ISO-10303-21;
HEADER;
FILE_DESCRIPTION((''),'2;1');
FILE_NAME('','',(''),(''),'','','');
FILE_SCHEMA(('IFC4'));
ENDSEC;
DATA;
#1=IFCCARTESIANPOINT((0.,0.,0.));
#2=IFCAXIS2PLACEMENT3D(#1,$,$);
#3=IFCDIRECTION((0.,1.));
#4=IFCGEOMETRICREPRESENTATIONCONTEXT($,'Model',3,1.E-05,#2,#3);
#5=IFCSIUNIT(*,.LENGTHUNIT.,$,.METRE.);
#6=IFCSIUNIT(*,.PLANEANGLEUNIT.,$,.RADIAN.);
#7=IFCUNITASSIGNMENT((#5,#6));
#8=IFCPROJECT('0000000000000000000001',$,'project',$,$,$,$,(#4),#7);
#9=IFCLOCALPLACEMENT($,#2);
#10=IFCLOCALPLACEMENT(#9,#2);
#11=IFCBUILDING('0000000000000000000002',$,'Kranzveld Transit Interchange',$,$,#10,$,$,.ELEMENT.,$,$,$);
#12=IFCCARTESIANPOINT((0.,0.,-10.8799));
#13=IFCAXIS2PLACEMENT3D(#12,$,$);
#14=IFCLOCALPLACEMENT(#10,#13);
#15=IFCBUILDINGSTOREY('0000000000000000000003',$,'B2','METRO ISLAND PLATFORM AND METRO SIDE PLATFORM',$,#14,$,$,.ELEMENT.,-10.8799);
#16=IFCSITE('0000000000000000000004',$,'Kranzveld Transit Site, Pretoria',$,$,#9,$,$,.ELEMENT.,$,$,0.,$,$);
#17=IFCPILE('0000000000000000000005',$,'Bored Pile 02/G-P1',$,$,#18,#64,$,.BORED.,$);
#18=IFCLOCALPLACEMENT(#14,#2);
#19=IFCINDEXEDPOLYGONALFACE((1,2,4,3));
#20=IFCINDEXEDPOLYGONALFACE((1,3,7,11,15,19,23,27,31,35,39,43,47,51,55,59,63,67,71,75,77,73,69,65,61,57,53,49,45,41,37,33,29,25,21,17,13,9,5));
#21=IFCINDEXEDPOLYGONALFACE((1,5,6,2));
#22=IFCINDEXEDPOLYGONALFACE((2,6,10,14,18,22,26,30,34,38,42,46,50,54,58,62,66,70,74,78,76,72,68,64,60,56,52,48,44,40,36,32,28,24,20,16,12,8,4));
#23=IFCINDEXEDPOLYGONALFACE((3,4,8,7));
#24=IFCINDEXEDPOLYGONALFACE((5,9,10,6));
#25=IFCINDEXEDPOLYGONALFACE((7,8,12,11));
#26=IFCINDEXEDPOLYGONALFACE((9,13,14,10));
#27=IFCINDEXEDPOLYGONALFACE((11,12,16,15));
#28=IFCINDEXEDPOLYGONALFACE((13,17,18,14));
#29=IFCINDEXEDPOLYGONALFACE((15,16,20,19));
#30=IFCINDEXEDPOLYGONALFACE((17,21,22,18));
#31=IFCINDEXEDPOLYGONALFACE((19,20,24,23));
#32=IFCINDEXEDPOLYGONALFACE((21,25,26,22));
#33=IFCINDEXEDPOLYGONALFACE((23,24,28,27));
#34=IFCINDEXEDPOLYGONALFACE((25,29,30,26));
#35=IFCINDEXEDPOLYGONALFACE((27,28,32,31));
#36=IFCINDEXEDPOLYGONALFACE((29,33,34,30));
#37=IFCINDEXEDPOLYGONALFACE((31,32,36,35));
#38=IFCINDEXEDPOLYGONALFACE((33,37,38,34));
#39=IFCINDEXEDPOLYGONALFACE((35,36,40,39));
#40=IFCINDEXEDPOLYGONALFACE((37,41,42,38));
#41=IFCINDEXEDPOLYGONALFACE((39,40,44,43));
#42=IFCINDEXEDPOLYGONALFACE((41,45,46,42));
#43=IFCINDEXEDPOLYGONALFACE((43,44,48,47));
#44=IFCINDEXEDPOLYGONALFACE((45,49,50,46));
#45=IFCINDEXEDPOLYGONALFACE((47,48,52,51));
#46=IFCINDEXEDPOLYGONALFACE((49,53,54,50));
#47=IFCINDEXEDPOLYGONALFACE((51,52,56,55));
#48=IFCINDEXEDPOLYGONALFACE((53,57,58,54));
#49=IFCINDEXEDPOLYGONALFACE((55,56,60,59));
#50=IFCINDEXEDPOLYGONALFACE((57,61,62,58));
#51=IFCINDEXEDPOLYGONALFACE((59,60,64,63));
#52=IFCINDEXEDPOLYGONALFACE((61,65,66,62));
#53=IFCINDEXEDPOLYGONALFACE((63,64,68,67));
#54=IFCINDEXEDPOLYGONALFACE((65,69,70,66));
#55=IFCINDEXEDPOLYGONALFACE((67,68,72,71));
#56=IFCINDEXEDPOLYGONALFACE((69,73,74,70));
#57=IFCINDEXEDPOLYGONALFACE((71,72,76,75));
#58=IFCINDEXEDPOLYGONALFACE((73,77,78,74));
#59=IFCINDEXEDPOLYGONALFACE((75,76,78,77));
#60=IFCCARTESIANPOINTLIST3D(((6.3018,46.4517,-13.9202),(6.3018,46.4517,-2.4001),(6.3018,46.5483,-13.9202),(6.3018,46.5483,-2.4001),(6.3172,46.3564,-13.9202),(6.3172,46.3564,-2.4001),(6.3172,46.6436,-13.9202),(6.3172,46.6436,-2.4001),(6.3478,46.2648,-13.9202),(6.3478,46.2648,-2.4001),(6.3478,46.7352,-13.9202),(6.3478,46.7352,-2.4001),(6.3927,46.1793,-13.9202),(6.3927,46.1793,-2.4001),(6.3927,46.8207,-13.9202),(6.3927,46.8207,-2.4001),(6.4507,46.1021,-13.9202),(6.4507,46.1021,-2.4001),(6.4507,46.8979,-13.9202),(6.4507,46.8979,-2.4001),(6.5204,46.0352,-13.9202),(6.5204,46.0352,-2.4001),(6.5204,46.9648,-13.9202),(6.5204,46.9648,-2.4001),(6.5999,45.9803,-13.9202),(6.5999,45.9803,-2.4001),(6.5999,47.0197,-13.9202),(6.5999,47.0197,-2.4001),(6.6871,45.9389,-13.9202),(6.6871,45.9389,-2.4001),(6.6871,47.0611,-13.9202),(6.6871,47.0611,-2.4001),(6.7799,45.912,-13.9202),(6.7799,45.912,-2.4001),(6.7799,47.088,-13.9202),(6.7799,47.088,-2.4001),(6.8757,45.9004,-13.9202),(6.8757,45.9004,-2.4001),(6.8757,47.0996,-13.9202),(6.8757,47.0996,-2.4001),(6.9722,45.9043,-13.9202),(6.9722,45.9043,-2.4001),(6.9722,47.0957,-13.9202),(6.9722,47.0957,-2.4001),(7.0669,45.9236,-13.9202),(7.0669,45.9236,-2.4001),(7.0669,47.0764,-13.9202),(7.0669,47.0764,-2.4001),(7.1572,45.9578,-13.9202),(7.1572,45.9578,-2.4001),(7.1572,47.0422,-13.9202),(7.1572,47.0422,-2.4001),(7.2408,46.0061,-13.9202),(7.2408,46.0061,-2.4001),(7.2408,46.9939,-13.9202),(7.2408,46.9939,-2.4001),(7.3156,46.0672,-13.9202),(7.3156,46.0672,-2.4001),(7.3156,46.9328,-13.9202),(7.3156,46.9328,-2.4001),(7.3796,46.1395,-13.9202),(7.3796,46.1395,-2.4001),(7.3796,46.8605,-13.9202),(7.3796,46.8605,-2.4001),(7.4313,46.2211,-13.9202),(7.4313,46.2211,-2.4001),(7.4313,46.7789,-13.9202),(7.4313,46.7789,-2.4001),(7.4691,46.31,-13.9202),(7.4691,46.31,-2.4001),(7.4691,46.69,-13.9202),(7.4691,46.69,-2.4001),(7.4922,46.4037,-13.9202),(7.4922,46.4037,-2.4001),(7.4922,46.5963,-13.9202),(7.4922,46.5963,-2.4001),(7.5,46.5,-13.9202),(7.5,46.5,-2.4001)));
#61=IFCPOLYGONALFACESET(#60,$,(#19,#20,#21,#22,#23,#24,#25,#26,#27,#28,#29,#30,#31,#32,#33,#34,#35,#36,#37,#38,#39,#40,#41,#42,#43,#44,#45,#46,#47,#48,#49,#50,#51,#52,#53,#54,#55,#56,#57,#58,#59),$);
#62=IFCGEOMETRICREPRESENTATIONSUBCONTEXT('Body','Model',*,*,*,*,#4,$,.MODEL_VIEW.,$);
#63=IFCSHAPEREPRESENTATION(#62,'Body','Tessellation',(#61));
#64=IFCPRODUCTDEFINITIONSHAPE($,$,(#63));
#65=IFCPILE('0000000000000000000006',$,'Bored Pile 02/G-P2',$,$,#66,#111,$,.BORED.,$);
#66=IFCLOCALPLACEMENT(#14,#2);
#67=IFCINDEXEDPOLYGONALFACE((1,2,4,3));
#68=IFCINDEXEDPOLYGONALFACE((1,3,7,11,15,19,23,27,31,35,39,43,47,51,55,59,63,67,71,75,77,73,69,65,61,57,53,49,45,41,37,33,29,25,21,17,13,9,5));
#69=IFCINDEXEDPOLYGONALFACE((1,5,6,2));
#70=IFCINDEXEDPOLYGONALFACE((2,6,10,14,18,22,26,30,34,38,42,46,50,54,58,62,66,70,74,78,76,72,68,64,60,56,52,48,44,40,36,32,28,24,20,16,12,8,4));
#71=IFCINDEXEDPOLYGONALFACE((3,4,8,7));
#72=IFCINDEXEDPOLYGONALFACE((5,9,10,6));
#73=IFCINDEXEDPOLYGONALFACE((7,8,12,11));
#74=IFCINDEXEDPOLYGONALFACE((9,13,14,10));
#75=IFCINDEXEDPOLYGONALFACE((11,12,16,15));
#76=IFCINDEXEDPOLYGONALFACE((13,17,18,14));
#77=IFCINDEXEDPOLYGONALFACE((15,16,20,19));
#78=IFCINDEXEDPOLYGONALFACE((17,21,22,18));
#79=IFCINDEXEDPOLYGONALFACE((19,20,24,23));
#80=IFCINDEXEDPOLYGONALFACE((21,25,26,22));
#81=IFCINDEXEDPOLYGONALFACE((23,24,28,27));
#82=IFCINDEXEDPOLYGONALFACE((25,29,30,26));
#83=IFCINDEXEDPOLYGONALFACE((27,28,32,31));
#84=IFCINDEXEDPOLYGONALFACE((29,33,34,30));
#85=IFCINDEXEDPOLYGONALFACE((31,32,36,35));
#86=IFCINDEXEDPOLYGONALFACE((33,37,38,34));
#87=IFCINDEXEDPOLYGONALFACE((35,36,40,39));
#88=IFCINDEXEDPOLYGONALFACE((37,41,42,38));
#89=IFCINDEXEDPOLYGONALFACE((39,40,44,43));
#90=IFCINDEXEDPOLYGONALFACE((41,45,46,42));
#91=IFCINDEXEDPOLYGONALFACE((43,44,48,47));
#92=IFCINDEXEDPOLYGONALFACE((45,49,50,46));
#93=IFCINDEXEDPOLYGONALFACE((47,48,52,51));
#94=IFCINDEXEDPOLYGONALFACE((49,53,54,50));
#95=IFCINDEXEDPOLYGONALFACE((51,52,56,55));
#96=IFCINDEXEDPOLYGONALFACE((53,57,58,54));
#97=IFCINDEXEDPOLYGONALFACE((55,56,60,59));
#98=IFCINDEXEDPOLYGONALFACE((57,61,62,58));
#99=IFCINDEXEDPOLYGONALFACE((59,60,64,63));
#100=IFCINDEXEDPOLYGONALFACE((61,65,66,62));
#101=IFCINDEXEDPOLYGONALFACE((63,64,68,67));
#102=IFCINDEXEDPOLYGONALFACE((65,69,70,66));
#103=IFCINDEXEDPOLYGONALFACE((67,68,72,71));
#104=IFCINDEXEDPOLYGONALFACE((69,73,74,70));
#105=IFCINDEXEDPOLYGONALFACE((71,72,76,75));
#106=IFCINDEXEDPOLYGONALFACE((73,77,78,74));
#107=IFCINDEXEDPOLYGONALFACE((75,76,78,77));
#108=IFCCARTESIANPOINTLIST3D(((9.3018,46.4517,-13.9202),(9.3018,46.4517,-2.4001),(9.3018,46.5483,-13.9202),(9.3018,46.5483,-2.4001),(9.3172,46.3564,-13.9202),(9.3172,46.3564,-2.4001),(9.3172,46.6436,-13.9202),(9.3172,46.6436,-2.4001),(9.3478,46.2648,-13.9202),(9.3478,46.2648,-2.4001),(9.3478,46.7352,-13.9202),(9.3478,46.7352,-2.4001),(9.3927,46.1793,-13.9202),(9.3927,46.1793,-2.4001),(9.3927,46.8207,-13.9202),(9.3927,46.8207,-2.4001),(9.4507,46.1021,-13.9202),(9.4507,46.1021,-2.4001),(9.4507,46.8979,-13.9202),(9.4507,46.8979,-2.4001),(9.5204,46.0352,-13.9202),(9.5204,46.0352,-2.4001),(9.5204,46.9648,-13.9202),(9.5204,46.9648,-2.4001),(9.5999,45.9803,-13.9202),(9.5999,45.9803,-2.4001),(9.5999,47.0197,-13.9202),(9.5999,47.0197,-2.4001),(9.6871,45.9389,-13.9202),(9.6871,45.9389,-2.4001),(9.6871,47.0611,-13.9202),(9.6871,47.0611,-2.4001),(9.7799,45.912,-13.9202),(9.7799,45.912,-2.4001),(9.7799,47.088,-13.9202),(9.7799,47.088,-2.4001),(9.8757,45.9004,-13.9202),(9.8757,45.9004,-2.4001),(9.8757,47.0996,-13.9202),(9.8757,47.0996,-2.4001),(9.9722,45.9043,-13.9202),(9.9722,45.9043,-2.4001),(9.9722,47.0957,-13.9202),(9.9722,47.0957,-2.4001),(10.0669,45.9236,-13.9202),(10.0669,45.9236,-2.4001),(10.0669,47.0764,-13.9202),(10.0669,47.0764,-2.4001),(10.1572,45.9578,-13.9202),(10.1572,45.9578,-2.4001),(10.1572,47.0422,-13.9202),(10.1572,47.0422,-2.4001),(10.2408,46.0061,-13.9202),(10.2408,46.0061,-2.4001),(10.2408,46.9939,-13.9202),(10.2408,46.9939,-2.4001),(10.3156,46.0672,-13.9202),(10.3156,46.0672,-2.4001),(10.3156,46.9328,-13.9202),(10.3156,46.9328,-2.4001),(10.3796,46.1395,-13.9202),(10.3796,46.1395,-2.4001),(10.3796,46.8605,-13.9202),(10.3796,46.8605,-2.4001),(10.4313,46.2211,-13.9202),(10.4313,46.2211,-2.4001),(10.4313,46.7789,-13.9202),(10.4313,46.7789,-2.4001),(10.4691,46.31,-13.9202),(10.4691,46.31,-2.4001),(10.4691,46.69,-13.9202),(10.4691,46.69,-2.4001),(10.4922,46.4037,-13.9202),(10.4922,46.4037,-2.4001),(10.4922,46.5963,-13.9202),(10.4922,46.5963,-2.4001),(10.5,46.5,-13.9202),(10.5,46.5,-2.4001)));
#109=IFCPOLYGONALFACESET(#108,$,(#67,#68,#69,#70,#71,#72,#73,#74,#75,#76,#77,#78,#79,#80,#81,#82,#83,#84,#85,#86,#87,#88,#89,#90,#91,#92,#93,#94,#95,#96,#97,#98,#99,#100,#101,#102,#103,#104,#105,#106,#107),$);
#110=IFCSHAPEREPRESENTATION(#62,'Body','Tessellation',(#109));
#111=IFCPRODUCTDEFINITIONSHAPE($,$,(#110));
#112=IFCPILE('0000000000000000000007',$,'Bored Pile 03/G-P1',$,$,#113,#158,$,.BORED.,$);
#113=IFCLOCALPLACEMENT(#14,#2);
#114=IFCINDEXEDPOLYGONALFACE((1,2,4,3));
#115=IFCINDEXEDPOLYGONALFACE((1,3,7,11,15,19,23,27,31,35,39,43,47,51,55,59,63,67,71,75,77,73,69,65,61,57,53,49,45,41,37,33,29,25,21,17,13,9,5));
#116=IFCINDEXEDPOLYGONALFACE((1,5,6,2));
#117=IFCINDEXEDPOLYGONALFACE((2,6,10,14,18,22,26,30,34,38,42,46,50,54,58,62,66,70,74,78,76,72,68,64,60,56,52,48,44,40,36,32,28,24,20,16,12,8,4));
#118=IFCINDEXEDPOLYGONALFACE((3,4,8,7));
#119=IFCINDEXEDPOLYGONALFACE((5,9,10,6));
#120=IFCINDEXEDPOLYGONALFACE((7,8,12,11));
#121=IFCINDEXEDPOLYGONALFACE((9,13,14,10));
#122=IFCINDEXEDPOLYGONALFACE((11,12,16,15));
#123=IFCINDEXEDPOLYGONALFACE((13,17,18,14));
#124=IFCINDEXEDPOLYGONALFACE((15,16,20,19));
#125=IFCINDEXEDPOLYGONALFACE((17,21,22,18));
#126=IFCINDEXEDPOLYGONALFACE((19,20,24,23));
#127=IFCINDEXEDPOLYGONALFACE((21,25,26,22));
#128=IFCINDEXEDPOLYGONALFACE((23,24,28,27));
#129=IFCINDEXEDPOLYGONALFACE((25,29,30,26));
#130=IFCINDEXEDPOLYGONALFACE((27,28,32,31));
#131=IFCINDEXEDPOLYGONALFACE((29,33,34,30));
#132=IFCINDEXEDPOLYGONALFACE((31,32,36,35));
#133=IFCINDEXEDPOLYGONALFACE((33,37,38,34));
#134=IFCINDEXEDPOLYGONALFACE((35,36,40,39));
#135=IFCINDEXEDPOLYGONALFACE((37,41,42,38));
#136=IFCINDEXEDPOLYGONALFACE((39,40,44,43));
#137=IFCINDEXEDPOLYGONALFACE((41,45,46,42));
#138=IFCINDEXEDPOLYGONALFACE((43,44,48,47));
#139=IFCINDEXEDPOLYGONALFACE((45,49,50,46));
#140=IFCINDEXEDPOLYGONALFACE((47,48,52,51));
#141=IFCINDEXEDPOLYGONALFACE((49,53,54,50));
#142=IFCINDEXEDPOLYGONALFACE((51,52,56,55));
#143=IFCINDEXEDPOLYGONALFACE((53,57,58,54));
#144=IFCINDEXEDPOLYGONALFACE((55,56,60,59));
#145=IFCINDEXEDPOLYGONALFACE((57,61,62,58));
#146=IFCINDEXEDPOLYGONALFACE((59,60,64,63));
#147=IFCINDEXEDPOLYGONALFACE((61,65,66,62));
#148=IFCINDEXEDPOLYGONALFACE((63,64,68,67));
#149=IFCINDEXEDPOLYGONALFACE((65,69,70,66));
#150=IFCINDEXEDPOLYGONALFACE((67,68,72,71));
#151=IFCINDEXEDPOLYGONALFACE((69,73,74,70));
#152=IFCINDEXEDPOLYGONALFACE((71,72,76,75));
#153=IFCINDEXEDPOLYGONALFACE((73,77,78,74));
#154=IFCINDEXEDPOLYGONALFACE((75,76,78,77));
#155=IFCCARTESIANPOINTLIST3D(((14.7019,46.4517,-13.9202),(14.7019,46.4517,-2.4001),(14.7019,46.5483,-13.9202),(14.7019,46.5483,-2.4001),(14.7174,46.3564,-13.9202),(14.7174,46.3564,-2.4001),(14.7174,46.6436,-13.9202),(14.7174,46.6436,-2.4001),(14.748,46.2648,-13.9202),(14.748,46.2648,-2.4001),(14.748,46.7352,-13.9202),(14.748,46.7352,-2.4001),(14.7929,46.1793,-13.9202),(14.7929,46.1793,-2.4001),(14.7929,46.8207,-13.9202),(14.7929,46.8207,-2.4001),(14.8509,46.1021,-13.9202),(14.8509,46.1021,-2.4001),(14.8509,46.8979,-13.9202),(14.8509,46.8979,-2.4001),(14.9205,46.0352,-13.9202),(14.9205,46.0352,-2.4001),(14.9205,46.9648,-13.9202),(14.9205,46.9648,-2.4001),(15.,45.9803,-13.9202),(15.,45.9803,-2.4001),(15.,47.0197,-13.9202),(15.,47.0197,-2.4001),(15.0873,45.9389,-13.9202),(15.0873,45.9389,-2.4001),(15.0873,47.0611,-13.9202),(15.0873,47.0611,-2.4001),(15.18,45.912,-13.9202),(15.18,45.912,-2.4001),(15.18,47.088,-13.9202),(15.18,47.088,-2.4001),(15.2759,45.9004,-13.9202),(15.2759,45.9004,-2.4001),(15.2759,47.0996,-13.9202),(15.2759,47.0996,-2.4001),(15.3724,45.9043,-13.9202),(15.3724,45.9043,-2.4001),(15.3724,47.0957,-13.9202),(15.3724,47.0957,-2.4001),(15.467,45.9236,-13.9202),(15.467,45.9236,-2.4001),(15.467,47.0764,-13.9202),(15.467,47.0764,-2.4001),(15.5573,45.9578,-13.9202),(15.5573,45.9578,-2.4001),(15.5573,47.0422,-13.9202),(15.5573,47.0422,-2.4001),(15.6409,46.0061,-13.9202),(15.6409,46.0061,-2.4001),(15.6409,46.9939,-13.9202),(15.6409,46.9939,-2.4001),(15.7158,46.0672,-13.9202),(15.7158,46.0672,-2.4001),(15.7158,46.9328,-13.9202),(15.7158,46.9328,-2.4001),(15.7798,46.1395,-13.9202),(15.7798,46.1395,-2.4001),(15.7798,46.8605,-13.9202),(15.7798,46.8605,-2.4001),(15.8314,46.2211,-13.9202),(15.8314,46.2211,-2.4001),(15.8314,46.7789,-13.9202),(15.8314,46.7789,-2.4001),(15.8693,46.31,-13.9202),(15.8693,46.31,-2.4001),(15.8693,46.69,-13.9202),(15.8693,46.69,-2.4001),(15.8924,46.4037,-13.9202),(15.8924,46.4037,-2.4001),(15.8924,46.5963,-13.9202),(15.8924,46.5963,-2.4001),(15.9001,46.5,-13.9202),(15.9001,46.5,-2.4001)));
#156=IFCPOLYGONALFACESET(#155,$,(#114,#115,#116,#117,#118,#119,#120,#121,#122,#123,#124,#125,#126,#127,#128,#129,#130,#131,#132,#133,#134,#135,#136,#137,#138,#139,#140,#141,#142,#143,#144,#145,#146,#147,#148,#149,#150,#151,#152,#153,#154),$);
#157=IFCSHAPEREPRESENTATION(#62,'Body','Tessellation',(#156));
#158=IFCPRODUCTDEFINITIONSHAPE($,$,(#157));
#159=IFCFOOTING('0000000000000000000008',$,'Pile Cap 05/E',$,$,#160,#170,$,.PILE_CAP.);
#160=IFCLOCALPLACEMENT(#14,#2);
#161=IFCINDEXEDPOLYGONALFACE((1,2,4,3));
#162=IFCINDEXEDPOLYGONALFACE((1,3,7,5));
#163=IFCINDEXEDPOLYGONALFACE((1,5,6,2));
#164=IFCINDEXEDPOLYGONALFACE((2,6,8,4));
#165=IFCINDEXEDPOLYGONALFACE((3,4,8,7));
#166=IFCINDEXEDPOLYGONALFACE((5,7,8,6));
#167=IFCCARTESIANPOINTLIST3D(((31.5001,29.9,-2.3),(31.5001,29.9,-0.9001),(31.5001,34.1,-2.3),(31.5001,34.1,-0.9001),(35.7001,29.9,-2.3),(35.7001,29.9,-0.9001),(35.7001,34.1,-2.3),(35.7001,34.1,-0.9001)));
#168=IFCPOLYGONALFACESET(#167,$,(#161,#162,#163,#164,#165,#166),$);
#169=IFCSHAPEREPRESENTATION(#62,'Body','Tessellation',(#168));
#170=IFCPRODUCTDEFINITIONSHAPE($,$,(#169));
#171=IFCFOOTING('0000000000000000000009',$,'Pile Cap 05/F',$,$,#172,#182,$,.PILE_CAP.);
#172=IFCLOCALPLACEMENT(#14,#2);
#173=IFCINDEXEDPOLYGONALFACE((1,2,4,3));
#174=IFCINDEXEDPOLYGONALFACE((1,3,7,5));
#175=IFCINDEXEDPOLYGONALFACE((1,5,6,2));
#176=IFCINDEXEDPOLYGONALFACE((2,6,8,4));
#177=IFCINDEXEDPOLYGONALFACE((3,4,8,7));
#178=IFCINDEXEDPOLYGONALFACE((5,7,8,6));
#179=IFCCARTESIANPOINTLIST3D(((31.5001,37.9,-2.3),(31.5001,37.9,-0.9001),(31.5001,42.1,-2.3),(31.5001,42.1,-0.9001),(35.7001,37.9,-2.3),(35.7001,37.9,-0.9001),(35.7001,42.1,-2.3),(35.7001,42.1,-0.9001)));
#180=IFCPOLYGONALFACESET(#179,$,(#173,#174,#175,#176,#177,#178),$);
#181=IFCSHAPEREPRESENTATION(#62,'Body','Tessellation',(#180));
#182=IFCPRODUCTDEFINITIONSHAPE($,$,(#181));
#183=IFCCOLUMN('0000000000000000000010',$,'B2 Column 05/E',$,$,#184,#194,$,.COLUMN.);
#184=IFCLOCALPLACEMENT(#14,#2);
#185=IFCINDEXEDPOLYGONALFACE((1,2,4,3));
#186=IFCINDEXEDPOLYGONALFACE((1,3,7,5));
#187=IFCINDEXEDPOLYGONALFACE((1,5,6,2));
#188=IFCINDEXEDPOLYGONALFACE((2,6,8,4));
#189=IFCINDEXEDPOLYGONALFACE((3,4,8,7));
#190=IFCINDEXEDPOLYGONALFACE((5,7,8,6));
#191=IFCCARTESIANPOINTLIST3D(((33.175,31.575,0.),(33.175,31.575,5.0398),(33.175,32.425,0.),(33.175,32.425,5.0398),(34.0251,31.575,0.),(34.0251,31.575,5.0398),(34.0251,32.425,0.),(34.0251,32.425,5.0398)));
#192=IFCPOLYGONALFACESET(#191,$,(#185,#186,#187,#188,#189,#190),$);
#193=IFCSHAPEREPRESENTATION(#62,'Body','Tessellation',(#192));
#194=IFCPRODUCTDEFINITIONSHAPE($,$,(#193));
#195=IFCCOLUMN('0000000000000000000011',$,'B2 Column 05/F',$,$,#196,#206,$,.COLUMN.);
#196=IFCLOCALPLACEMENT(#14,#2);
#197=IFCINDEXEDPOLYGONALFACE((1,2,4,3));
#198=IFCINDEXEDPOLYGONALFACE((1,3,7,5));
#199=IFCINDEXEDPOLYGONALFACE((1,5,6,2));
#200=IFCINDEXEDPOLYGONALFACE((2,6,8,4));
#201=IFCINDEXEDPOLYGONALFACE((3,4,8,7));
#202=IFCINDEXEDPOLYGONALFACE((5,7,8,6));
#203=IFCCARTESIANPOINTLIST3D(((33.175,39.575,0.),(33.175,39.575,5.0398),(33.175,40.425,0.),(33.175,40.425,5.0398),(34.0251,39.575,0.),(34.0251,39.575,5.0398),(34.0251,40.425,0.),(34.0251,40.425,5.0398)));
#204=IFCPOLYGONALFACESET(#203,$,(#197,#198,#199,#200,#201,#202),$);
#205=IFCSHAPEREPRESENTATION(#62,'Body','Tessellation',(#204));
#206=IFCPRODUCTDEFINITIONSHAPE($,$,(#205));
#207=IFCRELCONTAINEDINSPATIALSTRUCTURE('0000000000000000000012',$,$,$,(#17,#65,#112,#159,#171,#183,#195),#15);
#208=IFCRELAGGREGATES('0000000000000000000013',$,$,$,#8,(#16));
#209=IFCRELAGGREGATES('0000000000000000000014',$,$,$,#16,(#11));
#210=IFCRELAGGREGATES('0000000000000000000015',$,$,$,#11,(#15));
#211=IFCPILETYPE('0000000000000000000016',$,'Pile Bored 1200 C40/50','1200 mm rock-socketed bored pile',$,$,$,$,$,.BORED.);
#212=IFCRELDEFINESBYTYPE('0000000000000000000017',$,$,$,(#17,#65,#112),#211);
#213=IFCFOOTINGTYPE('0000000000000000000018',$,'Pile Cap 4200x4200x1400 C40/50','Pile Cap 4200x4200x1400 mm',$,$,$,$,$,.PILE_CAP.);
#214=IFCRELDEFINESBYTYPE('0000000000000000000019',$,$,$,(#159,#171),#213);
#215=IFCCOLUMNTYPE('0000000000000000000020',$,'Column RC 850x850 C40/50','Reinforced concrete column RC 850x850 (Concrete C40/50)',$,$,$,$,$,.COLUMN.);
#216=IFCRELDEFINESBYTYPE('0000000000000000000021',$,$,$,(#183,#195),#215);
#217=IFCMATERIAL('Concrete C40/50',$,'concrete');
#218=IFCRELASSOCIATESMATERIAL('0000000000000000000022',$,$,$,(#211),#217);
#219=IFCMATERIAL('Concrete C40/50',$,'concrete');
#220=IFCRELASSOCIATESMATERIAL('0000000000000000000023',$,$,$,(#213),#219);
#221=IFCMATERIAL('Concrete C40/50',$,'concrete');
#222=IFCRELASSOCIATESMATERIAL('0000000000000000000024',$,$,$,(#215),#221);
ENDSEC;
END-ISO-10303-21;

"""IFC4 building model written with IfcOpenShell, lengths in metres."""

from ifc_helpers import new_model, si_unit, direction, frame, origin, origin_2d, place, context, subcontext, project, spatial, rectangle, circle, extrude, material, material_profile, profile_set, type_object, element, save


model = new_model("IFC4")

# Units and contexts
model_context = context("Model", 3, precision=1e-05, world=origin(), true_north=direction((0.0, 1.0)))
body_context = subcontext(model_context, "Body", "Model", "MODEL_VIEW")
ifc_project = project(units=[si_unit("LENGTHUNIT", "METRE"), si_unit("PLANEANGLEUNIT", "RADIAN")], contexts=[model_context])

# Site, building, storey
site_placement = place(None, origin())
site = spatial("IfcSite", under=ifc_project, at=site_placement, Name="Kranzveld Transit Site, Pretoria", CompositionType="ELEMENT", RefElevation=0.0)
building_placement = place(site_placement, origin())
building = spatial("IfcBuilding", under=site, at=building_placement, Name="Kranzveld Transit Interchange", CompositionType="ELEMENT")
storey_placement = place(building_placement, frame((0.0, 0.0, -10.8799)))
storey = spatial("IfcBuildingStorey", under=building, at=storey_placement, Name="B2", Description="METRO ISLAND PLATFORM AND METRO SIDE PLATFORM", CompositionType="ELEMENT", Elevation=-10.8799)

# Piles
ifc_material_1 = material(Name="Concrete C40/50", Category="concrete")
ifc_material_profile_1 = material_profile(ifc_material_1, circle(Radius=0.6001, at=origin_2d()), Name="BORED PILE 1200")
ifc_profile_set_1 = profile_set([ifc_material_profile_1], Name="Concrete C40/50")
pile_type_1 = type_object("IfcPileType", Name="Pile Bored 1200 C40/50", Description="1200 mm rock-socketed bored pile", PredefinedType="BORED", material=ifc_profile_set_1)
for number, where, z_axis, x_axis, name in (
    (1, (6.8999, 46.5, -2.4001), (0.0, 0.0, -1.0), (1.0, 0.0, 0.0), "Bored Pile 02/G-P1"),
    (2, (9.8999, 46.5, -2.4001), (0.0, 0.0, -1.0), (1.0, 0.0, 0.0), "Bored Pile 02/G-P2"),
    (3, (15.3, 46.5, -2.4001), (0.0, 0.0, -1.0), (1.0, 0.0, 0.0), "Bored Pile 03/G-P1"),
):
    element("IfcPile", number, at=place(storey_placement, frame(where, z_axis=z_axis, x_axis=x_axis)), inside=storey, type_object=pile_type_1, Name=name, PredefinedType="BORED", context=body_context, shape_type="SweptSolid", body=[
        extrude(circle(Radius=0.6001, at=origin_2d()), origin(), (0.0, 0.0, 1.0), 11.52),
    ])

# Footings
ifc_material_2 = material(Name="Concrete C40/50", Category="concrete")
footing_type = type_object("IfcFootingType", Name="Pile Cap 4200x4200x1400 C40/50", Description="Pile Cap 4200x4200x1400 mm", PredefinedType="PILE_CAP", material=ifc_material_2)
for number, where, z_axis, x_axis, name in (
    (4, (33.6001, 32.0, -2.3), (0.0, 0.0, 1.0), (1.0, 0.0, 0.0), "Pile Cap 05/E"),
    (5, (33.6001, 40.0, -2.3), (0.0, 0.0, 1.0), (1.0, 0.0, 0.0), "Pile Cap 05/F"),
):
    element("IfcFooting", number, at=place(storey_placement, frame(where, z_axis=z_axis, x_axis=x_axis)), inside=storey, type_object=footing_type, Name=name, PredefinedType="PILE_CAP", context=body_context, shape_type="SweptSolid", body=[
        extrude(rectangle(XDim=4.2, YDim=4.2, at=origin_2d()), origin(), (0.0, 0.0, 1.0), 1.3999),
    ])

# Columns
ifc_material_3 = material(Name="Concrete C40/50", Category="concrete")
ifc_material_profile_2 = material_profile(ifc_material_3, rectangle(XDim=0.8501, YDim=0.8501, at=origin_2d()), Name="RC 850x850")
ifc_profile_set_2 = profile_set([ifc_material_profile_2], Name="Concrete C40/50")
column_type = type_object("IfcColumnType", Name="Column RC 850x850 C40/50", Description="Reinforced concrete column RC 850x850 (Concrete C40/50)", PredefinedType="COLUMN", material=ifc_profile_set_2)
for number, where, z_axis, x_axis, name in (
    (6, (33.6001, 32.0, 0.0), (0.0, 0.0, 1.0), (1.0, 0.0, 0.0), "B2 Column 05/E"),
    (7, (33.6001, 40.0, 0.0), (0.0, 0.0, 1.0), (1.0, 0.0, 0.0), "B2 Column 05/F"),
):
    element("IfcColumn", number, at=place(storey_placement, frame(where, z_axis=z_axis, x_axis=x_axis)), inside=storey, type_object=column_type, Name=name, PredefinedType="COLUMN", context=body_context, shape_type="SweptSolid", body=[
        extrude(rectangle(XDim=0.8501, YDim=0.8501, at=origin_2d()), origin(), (0.0, 0.0, 1.0), 5.0398),
    ])

save(model, "model.ifc")
